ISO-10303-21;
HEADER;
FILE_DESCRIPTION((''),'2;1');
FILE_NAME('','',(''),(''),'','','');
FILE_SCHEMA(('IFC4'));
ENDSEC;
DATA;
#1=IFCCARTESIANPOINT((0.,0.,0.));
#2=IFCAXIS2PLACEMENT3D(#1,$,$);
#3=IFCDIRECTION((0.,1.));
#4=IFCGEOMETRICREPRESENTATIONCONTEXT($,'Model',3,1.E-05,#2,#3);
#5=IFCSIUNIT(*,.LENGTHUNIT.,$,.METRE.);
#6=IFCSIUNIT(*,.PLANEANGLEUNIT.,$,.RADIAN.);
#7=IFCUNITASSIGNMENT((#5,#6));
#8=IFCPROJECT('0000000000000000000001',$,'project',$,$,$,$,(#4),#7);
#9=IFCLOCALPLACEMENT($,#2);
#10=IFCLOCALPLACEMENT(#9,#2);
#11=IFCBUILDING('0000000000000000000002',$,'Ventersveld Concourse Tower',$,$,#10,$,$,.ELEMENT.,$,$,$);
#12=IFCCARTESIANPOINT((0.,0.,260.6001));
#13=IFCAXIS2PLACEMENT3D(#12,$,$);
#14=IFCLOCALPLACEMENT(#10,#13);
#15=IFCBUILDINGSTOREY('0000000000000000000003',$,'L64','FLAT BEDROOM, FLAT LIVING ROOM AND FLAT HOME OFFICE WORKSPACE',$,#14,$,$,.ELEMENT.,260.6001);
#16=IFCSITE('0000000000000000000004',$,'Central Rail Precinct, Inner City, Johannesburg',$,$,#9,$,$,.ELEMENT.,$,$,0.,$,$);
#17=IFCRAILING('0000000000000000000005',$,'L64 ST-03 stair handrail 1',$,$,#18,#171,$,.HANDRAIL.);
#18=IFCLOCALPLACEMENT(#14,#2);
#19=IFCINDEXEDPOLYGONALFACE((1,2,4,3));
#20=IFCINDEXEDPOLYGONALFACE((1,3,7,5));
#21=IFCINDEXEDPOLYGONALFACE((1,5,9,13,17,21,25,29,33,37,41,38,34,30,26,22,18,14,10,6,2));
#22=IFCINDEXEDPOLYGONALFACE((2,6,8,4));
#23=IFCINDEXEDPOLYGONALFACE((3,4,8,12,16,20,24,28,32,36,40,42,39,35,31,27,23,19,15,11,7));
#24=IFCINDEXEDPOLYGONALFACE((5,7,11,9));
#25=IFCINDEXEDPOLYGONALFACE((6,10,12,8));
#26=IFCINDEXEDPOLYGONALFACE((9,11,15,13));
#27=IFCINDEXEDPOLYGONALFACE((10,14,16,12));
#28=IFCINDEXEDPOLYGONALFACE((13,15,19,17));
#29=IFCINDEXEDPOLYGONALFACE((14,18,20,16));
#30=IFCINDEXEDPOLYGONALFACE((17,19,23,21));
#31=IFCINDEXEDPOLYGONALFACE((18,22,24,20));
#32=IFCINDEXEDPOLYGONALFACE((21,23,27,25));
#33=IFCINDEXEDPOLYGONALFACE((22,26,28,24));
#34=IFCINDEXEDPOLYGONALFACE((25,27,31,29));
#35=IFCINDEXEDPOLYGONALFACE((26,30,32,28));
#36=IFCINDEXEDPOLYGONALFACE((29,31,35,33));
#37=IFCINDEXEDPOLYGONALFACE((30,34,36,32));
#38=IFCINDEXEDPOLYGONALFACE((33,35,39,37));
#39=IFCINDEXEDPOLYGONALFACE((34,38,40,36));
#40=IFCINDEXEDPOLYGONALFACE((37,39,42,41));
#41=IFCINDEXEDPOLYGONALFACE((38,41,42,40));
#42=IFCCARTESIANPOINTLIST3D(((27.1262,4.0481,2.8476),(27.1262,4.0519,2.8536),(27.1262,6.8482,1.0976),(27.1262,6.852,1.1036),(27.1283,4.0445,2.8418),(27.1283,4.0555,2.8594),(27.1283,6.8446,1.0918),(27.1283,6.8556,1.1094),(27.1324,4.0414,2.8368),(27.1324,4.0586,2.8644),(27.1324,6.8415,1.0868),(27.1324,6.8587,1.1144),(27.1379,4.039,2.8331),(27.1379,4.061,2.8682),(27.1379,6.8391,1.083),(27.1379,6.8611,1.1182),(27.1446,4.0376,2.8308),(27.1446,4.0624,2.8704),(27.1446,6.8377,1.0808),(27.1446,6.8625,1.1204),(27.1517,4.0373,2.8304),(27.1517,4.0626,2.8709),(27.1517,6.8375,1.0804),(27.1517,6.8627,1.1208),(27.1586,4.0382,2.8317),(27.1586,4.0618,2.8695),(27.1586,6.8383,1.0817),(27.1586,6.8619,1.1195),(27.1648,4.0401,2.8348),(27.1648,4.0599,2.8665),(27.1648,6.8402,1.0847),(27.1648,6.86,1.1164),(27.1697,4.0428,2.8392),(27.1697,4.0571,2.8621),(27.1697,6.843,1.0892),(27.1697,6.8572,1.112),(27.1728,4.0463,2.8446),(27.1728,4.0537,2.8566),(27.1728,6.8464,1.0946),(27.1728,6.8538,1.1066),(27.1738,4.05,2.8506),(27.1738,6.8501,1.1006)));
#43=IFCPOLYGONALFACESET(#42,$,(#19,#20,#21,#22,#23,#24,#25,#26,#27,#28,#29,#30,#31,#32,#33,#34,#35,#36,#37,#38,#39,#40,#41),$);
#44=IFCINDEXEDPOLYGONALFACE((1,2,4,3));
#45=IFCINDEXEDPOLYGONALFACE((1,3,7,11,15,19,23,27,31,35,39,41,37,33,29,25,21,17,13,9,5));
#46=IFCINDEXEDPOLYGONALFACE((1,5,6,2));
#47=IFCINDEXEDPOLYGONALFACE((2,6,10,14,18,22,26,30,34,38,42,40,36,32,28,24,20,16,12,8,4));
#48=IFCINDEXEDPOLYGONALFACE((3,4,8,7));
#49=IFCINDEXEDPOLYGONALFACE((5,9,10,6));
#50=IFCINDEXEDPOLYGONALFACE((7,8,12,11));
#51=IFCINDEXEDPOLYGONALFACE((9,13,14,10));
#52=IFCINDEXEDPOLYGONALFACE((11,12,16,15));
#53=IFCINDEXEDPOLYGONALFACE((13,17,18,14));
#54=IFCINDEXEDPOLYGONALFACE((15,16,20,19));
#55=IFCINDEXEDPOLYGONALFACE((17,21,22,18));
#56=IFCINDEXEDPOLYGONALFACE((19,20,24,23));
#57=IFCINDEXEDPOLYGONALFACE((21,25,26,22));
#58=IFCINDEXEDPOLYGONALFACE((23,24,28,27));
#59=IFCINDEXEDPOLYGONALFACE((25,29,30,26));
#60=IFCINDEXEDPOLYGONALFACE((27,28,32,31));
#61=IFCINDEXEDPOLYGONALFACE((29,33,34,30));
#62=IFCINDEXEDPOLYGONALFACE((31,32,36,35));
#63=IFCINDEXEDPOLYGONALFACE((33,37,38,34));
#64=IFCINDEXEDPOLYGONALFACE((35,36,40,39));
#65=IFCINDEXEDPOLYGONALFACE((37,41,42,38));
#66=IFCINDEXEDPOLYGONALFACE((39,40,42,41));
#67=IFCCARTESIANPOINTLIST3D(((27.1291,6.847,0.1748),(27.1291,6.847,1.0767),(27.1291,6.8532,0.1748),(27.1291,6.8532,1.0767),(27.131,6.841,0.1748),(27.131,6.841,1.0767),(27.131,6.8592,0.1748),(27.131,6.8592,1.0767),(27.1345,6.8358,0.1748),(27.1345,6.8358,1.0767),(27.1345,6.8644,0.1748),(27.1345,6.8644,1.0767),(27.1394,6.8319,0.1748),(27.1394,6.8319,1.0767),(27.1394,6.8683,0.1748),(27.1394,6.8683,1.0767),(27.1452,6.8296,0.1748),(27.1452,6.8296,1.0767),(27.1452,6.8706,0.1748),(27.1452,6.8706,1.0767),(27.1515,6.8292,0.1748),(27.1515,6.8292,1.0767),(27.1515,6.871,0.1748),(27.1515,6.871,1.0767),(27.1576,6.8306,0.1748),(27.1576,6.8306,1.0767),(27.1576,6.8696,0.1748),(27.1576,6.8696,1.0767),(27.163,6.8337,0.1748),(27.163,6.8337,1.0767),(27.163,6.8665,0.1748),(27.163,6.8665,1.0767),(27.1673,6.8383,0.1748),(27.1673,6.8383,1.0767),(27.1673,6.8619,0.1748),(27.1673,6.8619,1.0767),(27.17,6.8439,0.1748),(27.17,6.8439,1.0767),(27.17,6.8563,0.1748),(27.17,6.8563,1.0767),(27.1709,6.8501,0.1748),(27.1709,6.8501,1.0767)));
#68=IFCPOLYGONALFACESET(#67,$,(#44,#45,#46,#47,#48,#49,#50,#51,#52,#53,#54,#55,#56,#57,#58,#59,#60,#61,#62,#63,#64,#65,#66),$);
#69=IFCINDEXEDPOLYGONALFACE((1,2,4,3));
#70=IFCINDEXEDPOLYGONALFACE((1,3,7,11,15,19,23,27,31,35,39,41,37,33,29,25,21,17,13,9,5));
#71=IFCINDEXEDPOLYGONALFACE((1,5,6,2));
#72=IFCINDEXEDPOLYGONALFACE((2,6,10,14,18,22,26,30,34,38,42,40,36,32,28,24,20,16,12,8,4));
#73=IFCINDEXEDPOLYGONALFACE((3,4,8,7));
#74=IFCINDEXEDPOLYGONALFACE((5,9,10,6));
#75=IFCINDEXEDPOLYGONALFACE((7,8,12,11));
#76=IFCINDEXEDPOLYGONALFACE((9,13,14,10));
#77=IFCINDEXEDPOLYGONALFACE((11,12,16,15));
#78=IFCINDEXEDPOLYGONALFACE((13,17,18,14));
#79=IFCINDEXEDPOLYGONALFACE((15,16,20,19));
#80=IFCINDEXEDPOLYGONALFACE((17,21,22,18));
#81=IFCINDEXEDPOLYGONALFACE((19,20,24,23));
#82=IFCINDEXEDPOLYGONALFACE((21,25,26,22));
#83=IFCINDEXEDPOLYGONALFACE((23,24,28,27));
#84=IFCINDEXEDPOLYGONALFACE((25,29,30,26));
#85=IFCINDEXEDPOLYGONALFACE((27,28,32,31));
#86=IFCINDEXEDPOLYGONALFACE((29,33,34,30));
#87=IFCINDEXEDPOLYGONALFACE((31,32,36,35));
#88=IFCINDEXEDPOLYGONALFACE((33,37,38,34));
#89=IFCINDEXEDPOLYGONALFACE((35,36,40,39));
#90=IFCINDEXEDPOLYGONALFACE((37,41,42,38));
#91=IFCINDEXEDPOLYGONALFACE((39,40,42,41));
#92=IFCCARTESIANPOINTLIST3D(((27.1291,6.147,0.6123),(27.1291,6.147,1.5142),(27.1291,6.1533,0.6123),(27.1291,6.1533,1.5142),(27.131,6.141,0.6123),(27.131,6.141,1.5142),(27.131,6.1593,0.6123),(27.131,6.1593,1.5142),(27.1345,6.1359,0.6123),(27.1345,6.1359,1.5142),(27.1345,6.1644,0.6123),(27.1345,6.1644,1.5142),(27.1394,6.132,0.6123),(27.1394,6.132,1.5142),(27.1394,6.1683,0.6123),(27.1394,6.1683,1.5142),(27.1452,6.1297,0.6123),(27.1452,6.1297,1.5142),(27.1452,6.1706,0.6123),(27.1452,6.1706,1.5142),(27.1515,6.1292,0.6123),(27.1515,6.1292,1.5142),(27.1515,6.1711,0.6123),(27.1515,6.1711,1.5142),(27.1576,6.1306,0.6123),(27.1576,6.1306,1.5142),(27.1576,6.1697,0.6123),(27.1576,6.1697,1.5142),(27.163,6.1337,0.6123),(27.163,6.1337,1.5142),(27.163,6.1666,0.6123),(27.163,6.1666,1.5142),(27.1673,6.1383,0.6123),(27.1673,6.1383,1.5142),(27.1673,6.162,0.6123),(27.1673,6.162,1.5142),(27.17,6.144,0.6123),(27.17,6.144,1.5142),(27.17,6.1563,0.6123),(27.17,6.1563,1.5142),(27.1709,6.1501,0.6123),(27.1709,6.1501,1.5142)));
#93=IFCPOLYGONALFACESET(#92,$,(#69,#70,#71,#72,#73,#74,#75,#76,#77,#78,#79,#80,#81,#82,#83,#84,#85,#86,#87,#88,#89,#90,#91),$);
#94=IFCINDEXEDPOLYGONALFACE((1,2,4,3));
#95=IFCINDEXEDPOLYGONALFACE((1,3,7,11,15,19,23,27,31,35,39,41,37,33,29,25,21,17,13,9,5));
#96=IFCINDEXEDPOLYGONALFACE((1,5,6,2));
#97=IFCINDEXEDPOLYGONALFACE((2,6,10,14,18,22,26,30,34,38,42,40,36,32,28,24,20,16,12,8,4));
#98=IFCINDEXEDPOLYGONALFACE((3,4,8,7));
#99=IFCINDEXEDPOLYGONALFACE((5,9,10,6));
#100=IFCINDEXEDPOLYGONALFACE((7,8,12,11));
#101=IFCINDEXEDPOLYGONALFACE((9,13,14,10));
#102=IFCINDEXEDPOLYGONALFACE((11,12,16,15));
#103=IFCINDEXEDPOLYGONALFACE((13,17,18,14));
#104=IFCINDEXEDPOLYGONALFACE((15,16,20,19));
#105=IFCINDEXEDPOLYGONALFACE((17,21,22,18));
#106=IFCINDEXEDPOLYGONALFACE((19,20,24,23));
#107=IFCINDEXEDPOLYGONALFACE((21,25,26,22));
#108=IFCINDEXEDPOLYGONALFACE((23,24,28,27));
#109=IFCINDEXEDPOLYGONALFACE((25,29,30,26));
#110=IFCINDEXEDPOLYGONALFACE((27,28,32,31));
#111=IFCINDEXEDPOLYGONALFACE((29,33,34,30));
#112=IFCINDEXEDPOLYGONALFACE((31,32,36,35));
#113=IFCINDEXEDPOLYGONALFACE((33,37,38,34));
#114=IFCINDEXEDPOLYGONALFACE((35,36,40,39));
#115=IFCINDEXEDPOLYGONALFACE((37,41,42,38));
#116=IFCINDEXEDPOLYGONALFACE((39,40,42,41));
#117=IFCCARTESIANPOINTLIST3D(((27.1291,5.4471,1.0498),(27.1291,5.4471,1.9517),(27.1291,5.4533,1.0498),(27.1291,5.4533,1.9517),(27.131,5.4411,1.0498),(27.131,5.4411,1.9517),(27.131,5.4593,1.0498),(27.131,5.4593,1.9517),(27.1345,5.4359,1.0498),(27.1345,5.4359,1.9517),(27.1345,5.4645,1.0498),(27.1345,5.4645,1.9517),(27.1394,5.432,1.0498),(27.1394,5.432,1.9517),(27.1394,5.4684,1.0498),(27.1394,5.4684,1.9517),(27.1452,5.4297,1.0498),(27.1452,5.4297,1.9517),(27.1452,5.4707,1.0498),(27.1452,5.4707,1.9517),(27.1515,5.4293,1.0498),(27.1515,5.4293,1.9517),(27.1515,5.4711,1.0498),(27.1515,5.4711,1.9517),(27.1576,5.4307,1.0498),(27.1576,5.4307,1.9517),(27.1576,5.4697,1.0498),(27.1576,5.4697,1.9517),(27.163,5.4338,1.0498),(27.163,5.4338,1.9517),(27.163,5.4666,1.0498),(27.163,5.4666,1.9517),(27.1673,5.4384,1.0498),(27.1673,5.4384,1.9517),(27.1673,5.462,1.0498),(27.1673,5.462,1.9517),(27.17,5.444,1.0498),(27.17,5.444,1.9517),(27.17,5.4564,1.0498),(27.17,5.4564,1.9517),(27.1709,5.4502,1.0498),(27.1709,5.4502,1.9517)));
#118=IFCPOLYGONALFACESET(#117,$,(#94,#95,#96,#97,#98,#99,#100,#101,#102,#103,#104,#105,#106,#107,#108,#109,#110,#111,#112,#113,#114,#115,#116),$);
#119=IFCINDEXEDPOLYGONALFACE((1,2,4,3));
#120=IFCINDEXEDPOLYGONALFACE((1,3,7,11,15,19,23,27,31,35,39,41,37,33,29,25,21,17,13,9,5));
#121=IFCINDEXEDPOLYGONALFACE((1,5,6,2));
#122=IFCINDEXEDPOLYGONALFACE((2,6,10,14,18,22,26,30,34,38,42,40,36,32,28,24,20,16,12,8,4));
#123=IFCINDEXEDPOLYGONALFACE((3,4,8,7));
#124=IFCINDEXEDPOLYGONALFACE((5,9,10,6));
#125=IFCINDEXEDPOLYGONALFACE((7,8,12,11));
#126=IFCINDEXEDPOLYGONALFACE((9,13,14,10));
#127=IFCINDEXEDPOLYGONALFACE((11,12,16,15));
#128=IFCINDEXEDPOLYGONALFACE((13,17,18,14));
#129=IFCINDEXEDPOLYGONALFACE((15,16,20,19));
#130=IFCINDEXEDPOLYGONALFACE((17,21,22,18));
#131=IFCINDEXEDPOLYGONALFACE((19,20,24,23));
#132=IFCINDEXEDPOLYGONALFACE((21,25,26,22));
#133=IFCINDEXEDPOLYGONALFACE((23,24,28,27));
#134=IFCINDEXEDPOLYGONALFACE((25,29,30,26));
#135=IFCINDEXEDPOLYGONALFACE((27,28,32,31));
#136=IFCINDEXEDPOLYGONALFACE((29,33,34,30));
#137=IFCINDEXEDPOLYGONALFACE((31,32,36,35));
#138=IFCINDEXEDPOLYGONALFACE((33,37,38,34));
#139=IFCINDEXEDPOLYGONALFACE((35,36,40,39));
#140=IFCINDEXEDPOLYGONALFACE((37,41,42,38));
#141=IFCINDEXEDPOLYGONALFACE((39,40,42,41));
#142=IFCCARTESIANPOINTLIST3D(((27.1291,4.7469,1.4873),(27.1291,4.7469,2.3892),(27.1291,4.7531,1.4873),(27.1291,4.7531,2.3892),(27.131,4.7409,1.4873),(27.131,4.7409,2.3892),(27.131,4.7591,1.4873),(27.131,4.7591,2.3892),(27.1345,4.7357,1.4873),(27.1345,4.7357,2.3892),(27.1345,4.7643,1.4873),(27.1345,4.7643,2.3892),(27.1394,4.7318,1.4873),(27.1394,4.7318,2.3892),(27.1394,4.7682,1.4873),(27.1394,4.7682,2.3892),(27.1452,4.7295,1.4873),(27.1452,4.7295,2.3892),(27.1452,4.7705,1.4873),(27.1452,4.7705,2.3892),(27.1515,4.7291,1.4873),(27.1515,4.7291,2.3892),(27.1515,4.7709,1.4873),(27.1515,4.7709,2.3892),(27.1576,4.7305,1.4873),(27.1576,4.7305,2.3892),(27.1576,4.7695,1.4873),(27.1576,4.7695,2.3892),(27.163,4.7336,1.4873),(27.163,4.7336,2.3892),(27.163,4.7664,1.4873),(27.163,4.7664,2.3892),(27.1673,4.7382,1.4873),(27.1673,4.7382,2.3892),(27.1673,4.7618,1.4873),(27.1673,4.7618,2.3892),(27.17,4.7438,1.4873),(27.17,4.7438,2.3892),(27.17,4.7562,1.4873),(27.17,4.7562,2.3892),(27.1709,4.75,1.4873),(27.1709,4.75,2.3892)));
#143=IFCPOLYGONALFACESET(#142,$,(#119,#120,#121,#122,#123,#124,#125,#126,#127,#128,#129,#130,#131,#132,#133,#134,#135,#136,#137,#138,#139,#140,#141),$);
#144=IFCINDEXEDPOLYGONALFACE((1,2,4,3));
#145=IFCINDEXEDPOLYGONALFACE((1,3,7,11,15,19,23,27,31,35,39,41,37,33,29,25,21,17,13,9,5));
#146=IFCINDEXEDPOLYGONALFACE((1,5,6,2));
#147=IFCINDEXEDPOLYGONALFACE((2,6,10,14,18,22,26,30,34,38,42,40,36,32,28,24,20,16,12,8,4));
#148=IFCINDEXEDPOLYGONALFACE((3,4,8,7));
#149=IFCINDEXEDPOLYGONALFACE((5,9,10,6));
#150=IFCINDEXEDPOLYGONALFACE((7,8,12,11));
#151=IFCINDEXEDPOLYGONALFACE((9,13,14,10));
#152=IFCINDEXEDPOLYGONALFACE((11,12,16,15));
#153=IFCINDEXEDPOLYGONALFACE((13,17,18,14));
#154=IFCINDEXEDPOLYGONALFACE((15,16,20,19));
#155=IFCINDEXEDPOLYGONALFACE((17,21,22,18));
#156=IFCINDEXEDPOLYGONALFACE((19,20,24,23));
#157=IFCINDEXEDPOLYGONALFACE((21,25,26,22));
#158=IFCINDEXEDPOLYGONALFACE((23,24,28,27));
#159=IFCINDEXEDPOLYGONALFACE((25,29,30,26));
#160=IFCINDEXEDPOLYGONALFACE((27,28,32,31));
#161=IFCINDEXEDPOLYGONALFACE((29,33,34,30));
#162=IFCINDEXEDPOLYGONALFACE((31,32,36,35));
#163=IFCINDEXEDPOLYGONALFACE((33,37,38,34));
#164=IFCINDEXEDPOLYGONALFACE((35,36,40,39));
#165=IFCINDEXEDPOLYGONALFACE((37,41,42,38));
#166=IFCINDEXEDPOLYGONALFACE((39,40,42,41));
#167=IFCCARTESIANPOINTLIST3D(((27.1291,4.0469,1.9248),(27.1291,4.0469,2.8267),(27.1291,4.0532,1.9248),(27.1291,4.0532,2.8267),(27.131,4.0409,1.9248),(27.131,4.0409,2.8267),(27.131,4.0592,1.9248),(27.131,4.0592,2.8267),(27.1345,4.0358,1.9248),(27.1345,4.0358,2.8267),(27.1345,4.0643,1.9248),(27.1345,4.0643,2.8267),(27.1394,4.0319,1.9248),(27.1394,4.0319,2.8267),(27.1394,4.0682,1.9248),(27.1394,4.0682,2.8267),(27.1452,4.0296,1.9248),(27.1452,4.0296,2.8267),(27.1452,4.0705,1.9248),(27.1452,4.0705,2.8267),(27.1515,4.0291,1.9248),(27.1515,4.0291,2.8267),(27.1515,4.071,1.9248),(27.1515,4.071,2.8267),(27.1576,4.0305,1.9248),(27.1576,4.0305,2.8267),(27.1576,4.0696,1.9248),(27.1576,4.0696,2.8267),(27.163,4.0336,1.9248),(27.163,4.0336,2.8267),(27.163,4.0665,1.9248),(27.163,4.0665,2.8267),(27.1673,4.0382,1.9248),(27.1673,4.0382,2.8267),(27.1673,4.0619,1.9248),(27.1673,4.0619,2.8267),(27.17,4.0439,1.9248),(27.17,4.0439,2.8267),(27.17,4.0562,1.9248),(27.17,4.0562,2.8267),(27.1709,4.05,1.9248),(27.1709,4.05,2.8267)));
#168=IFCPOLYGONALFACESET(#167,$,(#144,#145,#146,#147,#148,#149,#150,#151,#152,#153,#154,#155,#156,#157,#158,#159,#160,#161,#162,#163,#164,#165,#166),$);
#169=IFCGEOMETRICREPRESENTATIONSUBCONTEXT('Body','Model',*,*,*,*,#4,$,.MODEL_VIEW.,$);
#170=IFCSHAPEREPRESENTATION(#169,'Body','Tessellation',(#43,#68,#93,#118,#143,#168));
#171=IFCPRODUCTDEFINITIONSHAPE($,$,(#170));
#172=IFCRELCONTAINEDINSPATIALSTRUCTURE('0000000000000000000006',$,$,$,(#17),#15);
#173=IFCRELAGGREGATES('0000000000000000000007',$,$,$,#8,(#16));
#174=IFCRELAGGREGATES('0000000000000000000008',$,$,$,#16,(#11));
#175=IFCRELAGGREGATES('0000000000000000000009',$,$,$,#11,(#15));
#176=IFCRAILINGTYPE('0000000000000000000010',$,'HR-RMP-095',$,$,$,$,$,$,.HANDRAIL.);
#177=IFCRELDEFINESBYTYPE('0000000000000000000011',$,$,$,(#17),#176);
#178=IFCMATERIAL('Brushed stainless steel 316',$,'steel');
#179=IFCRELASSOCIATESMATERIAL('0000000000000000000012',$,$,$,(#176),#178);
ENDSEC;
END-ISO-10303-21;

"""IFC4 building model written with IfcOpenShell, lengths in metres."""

from ifc_helpers import new_model, si_unit, direction, frame, origin, origin_2d, place, context, subcontext, project, spatial, circle, extrude, material, type_object, element, save


model = new_model("IFC4")

# Units and contexts
model_context = context("Model", 3, precision=1e-05, world=origin(), true_north=direction((0.0, 1.0)))
body_context = subcontext(model_context, "Body", "Model", "MODEL_VIEW")
ifc_project = project(units=[si_unit("LENGTHUNIT", "METRE"), si_unit("PLANEANGLEUNIT", "RADIAN")], contexts=[model_context])

# Site, building, storey
site_placement = place(None, origin())
site = spatial("IfcSite", under=ifc_project, at=site_placement, Name="Central Rail Precinct, Inner City, Johannesburg", CompositionType="ELEMENT", RefElevation=0.0)
building_placement = place(site_placement, origin())
building = spatial("IfcBuilding", under=site, at=building_placement, Name="Ventersveld Concourse Tower", CompositionType="ELEMENT")
storey_placement = place(building_placement, frame((0.0, 0.0, 260.6001)))
storey = spatial("IfcBuildingStorey", under=building, at=storey_placement, Name="L64", Description="FLAT BEDROOM, FLAT LIVING ROOM AND FLAT HOME OFFICE WORKSPACE", CompositionType="ELEMENT", Elevation=260.6001)

# Railing
ifc_material_1 = material(Name="Brushed stainless steel 316", Category="steel")
railing_type_1 = type_object("IfcRailingType", Name="HR-RMP-095", PredefinedType="HANDRAIL", material=ifc_material_1)
railing_1_placement = place(storey_placement, frame((27.1499, 6.8501, 0.1748)))
element("IfcRailing", 1, at=railing_1_placement, inside=storey, type_object=railing_type_1, Name="L64 ST-03 stair handrail 1", PredefinedType="HANDRAIL", context=body_context, shape_type="SweptSolid", body=[
    extrude(circle(Radius=0.0239, at=origin_2d()), frame((0.0, 0.0, 0.9258), z_axis=(0.0, -0.848002, 0.529992), x_axis=(1.0, 0.0, 0.0)), (0.0, 0.0, 1.0), 3.302),
    extrude(circle(Radius=0.021, at=origin_2d()), origin(), (0.0, 0.0, 1.0), 0.9019),
    extrude(circle(Radius=0.021, at=origin_2d()), frame((0.0, -0.7, 0.4375)), (0.0, 0.0, 1.0), 0.9019),
    extrude(circle(Radius=0.021, at=origin_2d()), frame((0.0, -1.3999, 0.875)), (0.0, 0.0, 1.0), 0.9019),
    extrude(circle(Radius=0.021, at=origin_2d()), frame((0.0, -2.1001, 1.3125)), (0.0, 0.0, 1.0), 0.9019),
    extrude(circle(Radius=0.021, at=origin_2d()), frame((0.0, -2.8, 1.75)), (0.0, 0.0, 1.0), 0.9019),
])

save(model, "model.ifc")
